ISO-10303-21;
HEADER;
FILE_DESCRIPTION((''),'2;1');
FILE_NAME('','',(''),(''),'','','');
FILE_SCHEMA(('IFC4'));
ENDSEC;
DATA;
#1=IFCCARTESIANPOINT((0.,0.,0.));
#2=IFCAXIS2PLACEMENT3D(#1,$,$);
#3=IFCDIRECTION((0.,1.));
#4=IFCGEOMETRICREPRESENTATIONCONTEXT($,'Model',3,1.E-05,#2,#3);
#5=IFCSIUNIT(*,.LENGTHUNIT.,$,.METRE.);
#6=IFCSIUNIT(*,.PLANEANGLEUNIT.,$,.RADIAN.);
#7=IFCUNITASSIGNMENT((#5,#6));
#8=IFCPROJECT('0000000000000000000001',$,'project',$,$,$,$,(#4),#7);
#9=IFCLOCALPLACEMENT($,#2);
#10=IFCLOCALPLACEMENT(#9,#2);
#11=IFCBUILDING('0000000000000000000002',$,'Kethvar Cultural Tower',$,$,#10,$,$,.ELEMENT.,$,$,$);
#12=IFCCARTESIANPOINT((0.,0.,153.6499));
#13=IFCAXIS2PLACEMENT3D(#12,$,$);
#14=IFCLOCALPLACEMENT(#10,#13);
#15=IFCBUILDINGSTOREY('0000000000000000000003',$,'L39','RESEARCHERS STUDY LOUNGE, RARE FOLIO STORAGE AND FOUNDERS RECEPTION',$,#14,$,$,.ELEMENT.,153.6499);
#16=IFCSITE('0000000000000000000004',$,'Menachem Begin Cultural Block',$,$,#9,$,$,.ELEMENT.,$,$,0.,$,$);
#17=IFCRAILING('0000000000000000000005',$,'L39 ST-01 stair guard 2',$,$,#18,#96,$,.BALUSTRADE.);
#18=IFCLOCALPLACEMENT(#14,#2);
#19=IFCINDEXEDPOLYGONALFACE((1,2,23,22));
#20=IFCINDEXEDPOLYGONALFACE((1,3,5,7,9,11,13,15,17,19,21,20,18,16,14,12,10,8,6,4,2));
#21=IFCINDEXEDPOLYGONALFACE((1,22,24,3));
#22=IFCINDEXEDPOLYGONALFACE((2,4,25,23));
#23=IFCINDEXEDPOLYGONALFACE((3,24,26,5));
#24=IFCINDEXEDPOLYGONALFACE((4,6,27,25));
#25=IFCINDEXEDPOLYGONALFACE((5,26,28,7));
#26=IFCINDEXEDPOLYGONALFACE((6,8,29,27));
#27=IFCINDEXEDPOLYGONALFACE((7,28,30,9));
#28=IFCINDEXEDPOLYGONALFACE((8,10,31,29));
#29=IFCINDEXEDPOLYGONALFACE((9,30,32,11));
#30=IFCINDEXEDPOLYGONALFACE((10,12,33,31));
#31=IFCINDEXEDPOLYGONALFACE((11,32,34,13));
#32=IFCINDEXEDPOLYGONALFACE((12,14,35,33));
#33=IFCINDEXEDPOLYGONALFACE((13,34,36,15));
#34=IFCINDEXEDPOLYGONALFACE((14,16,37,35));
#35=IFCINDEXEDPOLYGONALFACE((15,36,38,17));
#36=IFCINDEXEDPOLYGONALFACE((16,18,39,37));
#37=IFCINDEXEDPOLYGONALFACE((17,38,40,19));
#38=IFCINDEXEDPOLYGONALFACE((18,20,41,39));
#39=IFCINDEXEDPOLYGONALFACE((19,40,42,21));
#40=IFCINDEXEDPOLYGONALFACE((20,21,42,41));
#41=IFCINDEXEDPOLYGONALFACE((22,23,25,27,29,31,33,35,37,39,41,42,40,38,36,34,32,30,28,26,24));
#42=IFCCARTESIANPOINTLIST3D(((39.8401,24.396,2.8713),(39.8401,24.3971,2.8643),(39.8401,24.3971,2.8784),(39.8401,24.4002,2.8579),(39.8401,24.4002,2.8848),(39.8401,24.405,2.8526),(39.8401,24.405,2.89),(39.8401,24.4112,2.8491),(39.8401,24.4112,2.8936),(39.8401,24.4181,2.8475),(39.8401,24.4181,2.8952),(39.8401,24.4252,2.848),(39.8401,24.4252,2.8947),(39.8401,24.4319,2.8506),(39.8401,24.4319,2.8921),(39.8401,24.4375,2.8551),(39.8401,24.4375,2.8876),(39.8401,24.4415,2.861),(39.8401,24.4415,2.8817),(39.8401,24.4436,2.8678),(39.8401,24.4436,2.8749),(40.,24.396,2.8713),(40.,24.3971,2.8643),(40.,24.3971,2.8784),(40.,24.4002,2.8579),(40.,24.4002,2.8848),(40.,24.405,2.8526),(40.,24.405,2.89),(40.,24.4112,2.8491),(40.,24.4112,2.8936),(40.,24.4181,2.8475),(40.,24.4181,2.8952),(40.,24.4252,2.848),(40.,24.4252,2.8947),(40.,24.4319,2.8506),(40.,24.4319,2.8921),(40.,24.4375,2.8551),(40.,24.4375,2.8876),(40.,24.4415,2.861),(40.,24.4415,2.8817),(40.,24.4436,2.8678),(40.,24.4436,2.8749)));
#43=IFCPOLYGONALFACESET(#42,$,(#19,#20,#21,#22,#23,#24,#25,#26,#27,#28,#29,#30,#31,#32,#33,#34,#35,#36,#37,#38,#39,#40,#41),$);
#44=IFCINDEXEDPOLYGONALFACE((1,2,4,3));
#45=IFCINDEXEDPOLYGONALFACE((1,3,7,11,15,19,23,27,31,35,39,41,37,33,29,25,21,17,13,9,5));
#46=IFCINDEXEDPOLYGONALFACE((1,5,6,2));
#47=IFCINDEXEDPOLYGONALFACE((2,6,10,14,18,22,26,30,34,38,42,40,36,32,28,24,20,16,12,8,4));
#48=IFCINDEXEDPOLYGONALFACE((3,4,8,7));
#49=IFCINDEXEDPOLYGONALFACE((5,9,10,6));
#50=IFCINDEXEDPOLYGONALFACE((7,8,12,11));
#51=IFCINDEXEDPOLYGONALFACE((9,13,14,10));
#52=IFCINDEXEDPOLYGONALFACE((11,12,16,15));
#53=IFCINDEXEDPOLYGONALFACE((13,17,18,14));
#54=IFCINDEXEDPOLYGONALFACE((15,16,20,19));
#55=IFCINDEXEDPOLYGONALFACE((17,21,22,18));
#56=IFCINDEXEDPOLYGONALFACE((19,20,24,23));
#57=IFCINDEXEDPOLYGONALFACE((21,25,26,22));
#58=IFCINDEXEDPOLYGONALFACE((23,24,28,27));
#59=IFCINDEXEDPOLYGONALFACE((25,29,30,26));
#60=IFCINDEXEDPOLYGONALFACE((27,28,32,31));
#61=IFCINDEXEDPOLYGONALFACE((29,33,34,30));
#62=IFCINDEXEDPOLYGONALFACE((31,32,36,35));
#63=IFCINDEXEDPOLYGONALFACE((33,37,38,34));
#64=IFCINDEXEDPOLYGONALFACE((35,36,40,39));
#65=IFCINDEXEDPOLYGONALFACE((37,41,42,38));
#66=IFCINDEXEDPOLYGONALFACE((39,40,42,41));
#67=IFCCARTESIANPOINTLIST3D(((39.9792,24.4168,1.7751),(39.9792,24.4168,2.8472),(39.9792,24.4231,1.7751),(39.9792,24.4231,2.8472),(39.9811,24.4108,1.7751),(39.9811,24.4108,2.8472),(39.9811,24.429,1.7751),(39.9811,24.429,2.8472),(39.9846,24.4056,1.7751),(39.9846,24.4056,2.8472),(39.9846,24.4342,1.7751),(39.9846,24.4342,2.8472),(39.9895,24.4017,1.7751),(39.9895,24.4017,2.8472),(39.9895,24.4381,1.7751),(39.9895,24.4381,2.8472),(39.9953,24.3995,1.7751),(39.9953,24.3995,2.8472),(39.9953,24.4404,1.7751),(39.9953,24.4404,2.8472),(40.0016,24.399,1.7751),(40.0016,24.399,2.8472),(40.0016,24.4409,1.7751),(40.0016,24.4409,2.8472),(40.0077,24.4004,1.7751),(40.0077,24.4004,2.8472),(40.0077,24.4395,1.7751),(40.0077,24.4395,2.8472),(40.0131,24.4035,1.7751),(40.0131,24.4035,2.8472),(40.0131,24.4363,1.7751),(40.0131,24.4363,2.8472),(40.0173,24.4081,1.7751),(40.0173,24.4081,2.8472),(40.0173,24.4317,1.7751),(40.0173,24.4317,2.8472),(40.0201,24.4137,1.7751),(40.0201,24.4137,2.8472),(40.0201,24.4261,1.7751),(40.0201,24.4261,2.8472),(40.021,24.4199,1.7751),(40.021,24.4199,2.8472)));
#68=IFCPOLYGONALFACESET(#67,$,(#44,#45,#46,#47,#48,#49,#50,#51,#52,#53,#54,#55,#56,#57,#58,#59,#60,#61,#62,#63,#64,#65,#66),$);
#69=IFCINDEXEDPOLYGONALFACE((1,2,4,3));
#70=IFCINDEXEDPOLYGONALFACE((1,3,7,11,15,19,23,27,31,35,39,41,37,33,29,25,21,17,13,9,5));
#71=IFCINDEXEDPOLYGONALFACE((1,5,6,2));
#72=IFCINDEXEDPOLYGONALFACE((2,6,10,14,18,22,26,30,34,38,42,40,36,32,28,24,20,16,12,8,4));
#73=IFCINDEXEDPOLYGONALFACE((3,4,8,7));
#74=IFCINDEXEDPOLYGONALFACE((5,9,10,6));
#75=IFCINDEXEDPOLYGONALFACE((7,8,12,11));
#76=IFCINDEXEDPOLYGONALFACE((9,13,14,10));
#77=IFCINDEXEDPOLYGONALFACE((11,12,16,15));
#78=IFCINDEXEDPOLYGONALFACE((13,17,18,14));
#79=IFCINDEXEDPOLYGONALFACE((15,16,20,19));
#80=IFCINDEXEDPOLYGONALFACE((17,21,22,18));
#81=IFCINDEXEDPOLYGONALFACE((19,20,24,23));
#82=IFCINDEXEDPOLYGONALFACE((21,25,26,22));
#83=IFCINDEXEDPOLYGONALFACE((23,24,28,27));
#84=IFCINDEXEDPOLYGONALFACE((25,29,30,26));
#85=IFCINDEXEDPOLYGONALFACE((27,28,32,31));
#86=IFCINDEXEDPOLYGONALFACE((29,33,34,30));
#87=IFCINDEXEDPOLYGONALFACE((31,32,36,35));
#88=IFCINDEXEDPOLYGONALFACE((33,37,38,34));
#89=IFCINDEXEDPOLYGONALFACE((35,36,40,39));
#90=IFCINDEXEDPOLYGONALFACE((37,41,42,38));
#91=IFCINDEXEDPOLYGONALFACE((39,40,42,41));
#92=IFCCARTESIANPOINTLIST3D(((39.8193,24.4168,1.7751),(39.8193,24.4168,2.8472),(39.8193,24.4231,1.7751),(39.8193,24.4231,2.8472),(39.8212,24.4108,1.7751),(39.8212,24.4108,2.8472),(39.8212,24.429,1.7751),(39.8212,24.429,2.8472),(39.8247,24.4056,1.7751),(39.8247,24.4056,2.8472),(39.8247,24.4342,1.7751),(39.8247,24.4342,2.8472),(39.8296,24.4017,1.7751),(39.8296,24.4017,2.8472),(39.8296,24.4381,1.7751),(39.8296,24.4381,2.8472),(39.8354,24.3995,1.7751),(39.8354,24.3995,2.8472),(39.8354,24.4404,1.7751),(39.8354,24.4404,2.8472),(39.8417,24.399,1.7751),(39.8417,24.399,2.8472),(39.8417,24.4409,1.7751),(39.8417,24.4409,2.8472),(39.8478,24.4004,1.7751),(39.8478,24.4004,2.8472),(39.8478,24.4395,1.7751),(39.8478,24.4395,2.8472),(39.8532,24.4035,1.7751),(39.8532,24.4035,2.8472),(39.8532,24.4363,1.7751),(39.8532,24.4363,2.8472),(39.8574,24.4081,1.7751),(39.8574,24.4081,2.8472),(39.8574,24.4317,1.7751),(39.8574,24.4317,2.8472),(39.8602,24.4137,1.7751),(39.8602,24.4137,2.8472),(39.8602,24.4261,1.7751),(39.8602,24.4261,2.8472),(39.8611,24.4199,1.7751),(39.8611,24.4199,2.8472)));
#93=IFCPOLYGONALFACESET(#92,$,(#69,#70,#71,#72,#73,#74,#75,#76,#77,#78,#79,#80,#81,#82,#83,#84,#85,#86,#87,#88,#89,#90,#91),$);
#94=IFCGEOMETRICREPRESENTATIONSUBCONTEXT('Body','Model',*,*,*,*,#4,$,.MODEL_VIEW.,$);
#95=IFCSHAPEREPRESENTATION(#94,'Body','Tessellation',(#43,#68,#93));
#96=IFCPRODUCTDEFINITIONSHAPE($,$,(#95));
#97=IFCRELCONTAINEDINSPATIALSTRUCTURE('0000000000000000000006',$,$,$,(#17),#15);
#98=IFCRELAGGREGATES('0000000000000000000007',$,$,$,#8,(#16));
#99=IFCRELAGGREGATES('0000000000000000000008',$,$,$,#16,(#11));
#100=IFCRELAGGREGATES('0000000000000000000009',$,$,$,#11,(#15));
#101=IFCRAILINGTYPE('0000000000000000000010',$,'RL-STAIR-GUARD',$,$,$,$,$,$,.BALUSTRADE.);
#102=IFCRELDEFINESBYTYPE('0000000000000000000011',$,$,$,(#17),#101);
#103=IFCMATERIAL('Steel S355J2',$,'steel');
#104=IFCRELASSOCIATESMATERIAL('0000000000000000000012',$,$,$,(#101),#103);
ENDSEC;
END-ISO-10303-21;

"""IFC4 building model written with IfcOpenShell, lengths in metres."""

from ifc_helpers import new_model, si_unit, direction, frame, origin, origin_2d, place, context, subcontext, project, spatial, circle, extrude, material, type_object, element, save


model = new_model("IFC4")

# Units and contexts
model_context = context("Model", 3, precision=1e-05, world=origin(), true_north=direction((0.0, 1.0)))
body_context = subcontext(model_context, "Body", "Model", "MODEL_VIEW")
ifc_project = project(units=[si_unit("LENGTHUNIT", "METRE"), si_unit("PLANEANGLEUNIT", "RADIAN")], contexts=[model_context])

# Site, building, storey
site_placement = place(None, origin())
site = spatial("IfcSite", under=ifc_project, at=site_placement, Name="Menachem Begin Cultural Block", CompositionType="ELEMENT", RefElevation=0.0)
building_placement = place(site_placement, origin())
building = spatial("IfcBuilding", under=site, at=building_placement, Name="Kethvar Cultural Tower", CompositionType="ELEMENT")
storey_placement = place(building_placement, frame((0.0, 0.0, 153.6499)))
storey = spatial("IfcBuildingStorey", under=building, at=storey_placement, Name="L39", Description="RESEARCHERS STUDY LOUNGE, RARE FOLIO STORAGE AND FOUNDERS RECEPTION", CompositionType="ELEMENT", Elevation=153.6499)

# Shared definitions
ifc_material_1 = material(Name="Steel S355J2", Category="steel")

# Railing
railing_type_1 = type_object("IfcRailingType", Name="RL-STAIR-GUARD", PredefinedType="BALUSTRADE", material=ifc_material_1)
railing_1_placement = place(storey_placement, frame((40.0, 24.4199, 1.7751)))
element("IfcRailing", 1, at=railing_1_placement, inside=storey, type_object=railing_type_1, Name="L39 ST-01 stair guard 2", PredefinedType="BALUSTRADE", context=body_context, shape_type="SweptSolid", body=[
    extrude(circle(Radius=0.0239, at=origin_2d()), frame((0.0, 0.0, 1.0962), z_axis=(-1.0, 0.0, 0.0), x_axis=(0.0, -1.0, 0.0)), (0.0, 0.0, 1.0), 0.1599),
    extrude(circle(Radius=0.021, at=origin_2d()), origin(), (0.0, 0.0, 1.0), 1.072),
    extrude(circle(Radius=0.021, at=origin_2d()), frame((-0.1599, 0.0, 0.0)), (0.0, 0.0, 1.0), 1.072),
])

save(model, "model.ifc")
